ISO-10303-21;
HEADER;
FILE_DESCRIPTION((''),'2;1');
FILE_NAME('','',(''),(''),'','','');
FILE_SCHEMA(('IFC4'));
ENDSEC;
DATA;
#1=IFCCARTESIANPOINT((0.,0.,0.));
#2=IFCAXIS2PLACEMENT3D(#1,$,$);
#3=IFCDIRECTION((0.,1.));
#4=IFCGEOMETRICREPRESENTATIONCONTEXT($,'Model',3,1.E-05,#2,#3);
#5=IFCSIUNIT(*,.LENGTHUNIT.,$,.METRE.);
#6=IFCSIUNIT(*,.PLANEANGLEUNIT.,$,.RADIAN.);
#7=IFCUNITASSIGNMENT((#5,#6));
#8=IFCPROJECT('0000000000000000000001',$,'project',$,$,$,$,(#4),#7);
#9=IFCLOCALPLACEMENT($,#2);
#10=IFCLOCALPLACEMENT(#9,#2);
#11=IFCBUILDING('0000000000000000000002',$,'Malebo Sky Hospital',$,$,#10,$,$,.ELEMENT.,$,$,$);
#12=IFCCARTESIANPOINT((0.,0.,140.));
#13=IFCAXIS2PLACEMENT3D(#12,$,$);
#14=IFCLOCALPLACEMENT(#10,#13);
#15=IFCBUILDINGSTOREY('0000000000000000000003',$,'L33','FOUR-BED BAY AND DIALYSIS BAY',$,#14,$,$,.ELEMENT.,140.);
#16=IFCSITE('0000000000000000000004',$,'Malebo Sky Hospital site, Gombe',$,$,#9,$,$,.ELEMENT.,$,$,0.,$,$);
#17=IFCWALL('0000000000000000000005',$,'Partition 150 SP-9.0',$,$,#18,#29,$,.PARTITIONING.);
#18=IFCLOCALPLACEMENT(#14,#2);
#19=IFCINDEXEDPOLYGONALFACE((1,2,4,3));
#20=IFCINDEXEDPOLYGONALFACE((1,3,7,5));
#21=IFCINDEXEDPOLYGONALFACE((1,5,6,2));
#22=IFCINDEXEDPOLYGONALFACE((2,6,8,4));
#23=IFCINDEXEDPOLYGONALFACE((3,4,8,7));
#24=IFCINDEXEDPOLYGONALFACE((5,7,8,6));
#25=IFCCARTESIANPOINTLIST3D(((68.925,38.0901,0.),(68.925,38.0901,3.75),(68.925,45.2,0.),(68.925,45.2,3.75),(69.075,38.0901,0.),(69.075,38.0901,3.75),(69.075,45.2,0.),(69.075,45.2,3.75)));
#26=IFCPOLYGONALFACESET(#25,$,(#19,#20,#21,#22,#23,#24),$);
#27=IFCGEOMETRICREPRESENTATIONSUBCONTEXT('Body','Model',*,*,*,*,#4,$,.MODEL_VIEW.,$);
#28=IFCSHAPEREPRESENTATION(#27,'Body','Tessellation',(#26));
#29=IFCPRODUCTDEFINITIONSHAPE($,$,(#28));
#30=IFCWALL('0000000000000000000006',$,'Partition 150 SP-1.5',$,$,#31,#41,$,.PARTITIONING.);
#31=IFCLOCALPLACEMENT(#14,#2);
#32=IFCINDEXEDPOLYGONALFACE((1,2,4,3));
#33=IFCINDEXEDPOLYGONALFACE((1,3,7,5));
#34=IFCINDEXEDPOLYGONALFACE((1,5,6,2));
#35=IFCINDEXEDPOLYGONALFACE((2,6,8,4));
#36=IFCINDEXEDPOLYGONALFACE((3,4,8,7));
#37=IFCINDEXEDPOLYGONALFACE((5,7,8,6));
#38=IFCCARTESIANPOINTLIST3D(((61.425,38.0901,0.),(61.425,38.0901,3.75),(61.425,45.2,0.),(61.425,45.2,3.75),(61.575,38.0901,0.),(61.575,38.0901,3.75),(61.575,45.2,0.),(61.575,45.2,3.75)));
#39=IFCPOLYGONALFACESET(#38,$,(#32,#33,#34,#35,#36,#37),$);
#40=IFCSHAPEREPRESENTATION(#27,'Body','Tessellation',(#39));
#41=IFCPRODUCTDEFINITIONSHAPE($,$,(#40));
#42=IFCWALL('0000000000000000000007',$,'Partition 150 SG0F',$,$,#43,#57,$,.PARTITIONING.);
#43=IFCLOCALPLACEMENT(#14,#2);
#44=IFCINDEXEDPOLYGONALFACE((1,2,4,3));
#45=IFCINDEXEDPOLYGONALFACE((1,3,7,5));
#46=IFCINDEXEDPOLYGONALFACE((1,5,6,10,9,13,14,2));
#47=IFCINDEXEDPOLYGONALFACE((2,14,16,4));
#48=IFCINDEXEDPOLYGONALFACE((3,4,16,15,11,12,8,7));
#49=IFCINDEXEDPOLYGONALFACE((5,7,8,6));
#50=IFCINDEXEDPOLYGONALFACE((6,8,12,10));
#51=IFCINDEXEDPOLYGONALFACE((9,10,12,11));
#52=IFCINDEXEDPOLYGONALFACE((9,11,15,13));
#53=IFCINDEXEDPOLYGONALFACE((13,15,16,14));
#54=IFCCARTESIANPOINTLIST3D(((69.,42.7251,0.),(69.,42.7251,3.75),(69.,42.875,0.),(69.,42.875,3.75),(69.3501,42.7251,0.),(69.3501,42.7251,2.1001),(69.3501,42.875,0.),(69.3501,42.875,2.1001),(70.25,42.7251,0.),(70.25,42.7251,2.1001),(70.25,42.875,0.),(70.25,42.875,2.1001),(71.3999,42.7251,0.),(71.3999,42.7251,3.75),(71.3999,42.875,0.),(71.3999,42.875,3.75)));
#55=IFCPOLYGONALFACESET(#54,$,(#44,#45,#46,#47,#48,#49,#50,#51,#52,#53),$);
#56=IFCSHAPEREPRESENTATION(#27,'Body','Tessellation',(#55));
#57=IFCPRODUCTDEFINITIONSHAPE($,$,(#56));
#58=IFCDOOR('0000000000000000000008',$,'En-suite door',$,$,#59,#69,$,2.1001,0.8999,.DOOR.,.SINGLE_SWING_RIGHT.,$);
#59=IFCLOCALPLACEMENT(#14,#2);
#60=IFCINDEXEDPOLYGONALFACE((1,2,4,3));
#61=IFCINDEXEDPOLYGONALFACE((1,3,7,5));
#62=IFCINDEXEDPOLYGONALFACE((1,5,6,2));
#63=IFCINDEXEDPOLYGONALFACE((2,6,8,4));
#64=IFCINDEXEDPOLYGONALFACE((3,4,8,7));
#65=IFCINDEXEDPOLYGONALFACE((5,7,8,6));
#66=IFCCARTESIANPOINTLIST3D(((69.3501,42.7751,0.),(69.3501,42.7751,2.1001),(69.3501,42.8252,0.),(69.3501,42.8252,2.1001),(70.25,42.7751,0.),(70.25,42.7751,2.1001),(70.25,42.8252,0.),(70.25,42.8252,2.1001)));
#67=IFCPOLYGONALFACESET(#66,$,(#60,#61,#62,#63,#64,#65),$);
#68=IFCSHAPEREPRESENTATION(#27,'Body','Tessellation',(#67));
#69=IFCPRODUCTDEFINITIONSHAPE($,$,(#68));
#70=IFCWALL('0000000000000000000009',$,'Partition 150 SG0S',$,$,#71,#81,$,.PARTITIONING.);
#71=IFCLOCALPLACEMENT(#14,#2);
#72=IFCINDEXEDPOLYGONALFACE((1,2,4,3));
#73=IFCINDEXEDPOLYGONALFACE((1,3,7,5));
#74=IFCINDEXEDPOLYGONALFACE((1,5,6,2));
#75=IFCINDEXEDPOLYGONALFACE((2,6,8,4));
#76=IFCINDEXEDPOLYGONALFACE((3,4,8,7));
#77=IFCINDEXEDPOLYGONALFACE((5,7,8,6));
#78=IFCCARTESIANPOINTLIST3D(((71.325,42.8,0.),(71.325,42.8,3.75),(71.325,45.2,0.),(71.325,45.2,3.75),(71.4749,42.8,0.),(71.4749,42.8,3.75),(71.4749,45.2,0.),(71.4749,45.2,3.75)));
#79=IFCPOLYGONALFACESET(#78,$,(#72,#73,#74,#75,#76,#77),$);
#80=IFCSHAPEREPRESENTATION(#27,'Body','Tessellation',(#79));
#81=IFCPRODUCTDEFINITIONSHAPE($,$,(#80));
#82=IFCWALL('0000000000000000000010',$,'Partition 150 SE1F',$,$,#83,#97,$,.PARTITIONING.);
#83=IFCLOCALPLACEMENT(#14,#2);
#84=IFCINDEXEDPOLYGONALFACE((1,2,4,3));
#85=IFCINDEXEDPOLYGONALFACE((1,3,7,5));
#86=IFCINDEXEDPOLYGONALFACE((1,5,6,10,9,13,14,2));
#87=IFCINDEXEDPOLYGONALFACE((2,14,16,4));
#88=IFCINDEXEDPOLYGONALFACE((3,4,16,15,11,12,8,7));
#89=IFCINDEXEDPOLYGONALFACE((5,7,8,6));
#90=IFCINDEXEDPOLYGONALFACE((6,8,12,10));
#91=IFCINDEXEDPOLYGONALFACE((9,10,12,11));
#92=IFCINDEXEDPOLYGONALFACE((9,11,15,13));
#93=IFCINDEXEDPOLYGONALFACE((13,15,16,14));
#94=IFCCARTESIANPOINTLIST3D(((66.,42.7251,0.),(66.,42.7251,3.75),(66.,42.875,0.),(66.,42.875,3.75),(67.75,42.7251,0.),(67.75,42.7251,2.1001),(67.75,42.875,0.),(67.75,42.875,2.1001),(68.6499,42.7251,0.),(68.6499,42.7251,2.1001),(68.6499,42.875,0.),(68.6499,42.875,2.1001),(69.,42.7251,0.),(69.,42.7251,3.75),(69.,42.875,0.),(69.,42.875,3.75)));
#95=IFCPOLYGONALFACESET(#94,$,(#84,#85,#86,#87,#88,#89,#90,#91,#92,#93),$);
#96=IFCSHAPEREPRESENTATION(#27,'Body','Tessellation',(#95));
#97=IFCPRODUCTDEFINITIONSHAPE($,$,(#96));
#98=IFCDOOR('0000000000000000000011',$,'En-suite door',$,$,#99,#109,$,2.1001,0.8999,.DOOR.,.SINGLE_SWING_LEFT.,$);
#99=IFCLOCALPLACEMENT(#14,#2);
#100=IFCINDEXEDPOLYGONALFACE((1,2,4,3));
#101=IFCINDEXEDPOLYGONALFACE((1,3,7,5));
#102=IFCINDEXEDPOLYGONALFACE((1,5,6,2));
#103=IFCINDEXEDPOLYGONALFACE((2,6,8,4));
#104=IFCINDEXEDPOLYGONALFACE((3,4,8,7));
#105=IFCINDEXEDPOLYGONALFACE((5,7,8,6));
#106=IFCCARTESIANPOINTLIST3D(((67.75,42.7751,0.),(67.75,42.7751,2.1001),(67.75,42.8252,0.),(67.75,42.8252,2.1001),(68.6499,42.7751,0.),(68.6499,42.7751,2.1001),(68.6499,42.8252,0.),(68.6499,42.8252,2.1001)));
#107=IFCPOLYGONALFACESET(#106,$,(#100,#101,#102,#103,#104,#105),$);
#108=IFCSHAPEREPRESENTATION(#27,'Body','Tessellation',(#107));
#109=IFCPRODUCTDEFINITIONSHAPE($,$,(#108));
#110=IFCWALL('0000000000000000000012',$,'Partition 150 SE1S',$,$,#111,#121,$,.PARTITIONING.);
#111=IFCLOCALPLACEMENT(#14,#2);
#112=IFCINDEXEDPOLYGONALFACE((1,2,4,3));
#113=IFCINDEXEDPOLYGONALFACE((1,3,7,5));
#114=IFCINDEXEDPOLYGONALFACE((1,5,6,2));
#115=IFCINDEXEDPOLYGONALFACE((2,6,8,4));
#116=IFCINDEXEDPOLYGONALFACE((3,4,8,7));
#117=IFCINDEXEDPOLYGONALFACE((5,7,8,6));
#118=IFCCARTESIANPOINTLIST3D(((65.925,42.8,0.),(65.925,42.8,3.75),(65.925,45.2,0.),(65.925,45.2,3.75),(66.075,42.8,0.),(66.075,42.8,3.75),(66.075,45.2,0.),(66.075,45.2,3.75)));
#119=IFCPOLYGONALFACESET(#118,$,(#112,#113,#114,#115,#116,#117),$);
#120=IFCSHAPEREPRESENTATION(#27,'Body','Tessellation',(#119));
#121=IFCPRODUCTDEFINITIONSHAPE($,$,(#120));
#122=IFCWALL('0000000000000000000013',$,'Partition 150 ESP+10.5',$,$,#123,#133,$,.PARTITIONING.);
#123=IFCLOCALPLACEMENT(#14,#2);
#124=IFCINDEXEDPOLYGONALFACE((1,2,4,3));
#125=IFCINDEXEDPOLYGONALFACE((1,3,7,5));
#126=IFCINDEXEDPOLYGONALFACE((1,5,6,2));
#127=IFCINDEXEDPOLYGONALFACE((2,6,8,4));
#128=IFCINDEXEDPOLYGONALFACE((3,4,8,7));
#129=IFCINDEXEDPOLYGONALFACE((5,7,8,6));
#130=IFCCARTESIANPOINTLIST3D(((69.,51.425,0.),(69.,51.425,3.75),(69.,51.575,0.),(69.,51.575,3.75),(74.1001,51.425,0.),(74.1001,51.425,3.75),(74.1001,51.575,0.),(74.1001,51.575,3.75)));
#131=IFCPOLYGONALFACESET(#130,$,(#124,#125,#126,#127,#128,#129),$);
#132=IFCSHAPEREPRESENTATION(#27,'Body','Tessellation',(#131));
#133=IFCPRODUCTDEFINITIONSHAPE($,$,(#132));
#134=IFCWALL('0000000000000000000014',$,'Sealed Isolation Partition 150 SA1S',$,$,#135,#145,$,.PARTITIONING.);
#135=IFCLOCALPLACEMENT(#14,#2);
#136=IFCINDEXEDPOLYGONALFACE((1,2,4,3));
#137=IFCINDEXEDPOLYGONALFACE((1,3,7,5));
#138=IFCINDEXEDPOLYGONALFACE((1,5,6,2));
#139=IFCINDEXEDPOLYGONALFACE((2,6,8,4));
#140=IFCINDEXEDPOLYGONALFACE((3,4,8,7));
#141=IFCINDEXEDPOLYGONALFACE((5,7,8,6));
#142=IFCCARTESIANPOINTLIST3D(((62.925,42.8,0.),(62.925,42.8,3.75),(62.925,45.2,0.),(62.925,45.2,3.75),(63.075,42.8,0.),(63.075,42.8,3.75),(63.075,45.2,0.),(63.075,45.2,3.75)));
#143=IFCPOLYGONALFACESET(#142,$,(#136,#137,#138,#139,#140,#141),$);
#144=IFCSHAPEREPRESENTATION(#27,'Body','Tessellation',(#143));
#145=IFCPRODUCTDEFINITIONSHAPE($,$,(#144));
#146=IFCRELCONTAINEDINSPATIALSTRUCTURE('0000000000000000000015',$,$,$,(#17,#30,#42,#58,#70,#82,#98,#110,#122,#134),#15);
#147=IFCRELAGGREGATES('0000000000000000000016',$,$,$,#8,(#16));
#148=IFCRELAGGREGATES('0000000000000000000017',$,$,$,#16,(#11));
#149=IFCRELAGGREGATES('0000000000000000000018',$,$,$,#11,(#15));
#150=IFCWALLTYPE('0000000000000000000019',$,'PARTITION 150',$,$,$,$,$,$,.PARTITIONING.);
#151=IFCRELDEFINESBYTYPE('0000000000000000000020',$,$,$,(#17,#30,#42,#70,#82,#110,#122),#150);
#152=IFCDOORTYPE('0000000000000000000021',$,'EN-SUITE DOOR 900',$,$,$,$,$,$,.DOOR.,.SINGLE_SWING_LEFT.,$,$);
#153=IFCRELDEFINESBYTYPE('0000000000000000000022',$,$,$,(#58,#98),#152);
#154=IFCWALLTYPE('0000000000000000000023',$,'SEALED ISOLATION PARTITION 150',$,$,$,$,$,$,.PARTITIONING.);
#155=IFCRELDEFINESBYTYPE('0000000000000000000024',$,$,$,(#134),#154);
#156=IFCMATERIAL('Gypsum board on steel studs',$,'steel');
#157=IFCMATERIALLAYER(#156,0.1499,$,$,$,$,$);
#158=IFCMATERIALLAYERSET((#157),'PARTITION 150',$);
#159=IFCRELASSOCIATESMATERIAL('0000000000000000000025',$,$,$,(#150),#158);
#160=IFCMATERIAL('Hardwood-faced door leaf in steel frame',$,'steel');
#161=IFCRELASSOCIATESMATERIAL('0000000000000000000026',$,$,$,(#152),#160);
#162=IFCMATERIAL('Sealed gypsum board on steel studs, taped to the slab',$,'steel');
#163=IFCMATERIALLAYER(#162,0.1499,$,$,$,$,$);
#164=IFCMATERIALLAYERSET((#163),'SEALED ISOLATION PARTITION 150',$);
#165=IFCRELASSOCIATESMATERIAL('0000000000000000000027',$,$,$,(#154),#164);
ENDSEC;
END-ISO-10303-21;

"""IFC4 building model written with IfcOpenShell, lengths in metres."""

from ifc_helpers import new_model, si_unit, direction, frame, frame_2d, origin, place, context, subcontext, project, spatial, rectangle, extrude, material, layer, layer_set, type_object, element, fill, save


model = new_model("IFC4")

# Units and contexts
model_context = context("Model", 3, precision=1e-05, world=origin(), true_north=direction((0.0, 1.0)))
body_context = subcontext(model_context, "Body", "Model", "MODEL_VIEW")
ifc_project = project(units=[si_unit("LENGTHUNIT", "METRE"), si_unit("PLANEANGLEUNIT", "RADIAN")], contexts=[model_context])

# Site, building, storey
site_placement = place(None, origin())
site = spatial("IfcSite", under=ifc_project, at=site_placement, Name="Malebo Sky Hospital site, Gombe", CompositionType="ELEMENT", RefElevation=0.0)
building_placement = place(site_placement, origin())
building = spatial("IfcBuilding", under=site, at=building_placement, Name="Malebo Sky Hospital", CompositionType="ELEMENT")
storey_placement = place(building_placement, frame((0.0, 0.0, 140.0)))
storey = spatial("IfcBuildingStorey", under=building, at=storey_placement, Name="L33", Description="FOUR-BED BAY AND DIALYSIS BAY", CompositionType="ELEMENT", Elevation=140.0)

# Walls
ifc_material_1 = material(Name="Gypsum board on steel studs", Category="steel")
ifc_layer_1 = layer(ifc_material_1, 0.1499)
ifc_layer_set_1 = layer_set([ifc_layer_1], Name="PARTITION 150")
wall_type_1 = type_object("IfcWallType", Name="PARTITION 150", PredefinedType="PARTITIONING", material=ifc_layer_set_1)
for number, where, z_axis, x_axis, name in (
    (1, (69.0, 45.2, 0.0), (0.0, 0.0, 1.0), (0.0, -1.0, 0.0), "Partition 150 SP-9.0"),
    (2, (61.5, 45.2, 0.0), (0.0, 0.0, 1.0), (0.0, -1.0, 0.0), "Partition 150 SP-1.5"),
):
    element("IfcWall", number, at=place(storey_placement, frame(where, z_axis=z_axis, x_axis=x_axis)), inside=storey, type_object=wall_type_1, Name=name, PredefinedType="PARTITIONING", context=body_context, shape_type="SweptSolid", body=[
        extrude(rectangle(XDim=7.1099, YDim=0.1499, at=frame_2d((3.5549, 0.0))), origin(), (0.0, 0.0, 1.0), 3.75),
    ])

# Wall, opening, door
wall_1_placement = place(storey_placement, frame((71.3999, 42.8, 0.0), z_axis=(0.0, 0.0, 1.0), x_axis=(-1.0, 0.0, 0.0)))
wall_1 = element("IfcWall", 3, at=wall_1_placement, inside=storey, type_object=wall_type_1, Name="Partition 150 SG0F", PredefinedType="PARTITIONING", context=body_context, shape_type="SweptSolid", body=[
    extrude(rectangle(XDim=2.3999, YDim=0.1499, at=frame_2d((1.2, 0.0))), origin(), (0.0, 0.0, 1.0), 3.75),
])
opening_1_placement = place(wall_1_placement, frame((1.1499, 0.0, 0.0)))
opening_1 = element("IfcOpeningElement", 4, at=opening_1_placement, cuts=wall_1, PredefinedType="OPENING", context=body_context, shape_type="SweptSolid", body=[
    extrude(rectangle(XDim=0.8999, YDim=2.1001, at=frame_2d((0.45, 1.05))), frame((0.0, 0.085, 0.0), z_axis=(0.0, -1.0, 0.0), x_axis=(1.0, 0.0, 0.0)), (0.0, 0.0, 1.0), 0.1699),
])
ifc_material_2 = material(Name="Hardwood-faced door leaf in steel frame", Category="steel")
door_type = type_object("IfcDoorType", Name="EN-SUITE DOOR 900", OperationType="SINGLE_SWING_LEFT", PredefinedType="DOOR", material=ifc_material_2)
door_1_placement = place(opening_1_placement, origin())
door_1 = element("IfcDoor", 5, at=door_1_placement, inside=storey, type_object=door_type, Name="En-suite door", OperationType="SINGLE_SWING_RIGHT", OverallHeight=2.1001, OverallWidth=0.8999, PredefinedType="DOOR", context=body_context, shape_type="SweptSolid", body=[
    extrude(rectangle(XDim=0.8999, YDim=2.1001, at=frame_2d((0.45, 1.05))), frame((0.0, 0.0249, 0.0), z_axis=(0.0, -1.0, 0.0), x_axis=(1.0, 0.0, 0.0)), (0.0, 0.0, 1.0), 0.05),
])
fill(opening_1, door_1)

# Wall
wall_2_placement = place(storey_placement, frame((71.3999, 45.2, 0.0), z_axis=(0.0, 0.0, 1.0), x_axis=(0.0, -1.0, 0.0)))
element("IfcWall", 6, at=wall_2_placement, inside=storey, type_object=wall_type_1, Name="Partition 150 SG0S", PredefinedType="PARTITIONING", context=body_context, shape_type="SweptSolid", body=[
    extrude(rectangle(XDim=2.3999, YDim=0.1499, at=frame_2d((1.2, 0.0))), origin(), (0.0, 0.0, 1.0), 3.75),
])

# Wall, opening, door
wall_3_placement = place(storey_placement, frame((69.0, 42.8, 0.0), z_axis=(0.0, 0.0, 1.0), x_axis=(-1.0, 0.0, 0.0)))
wall_3 = element("IfcWall", 7, at=wall_3_placement, inside=storey, type_object=wall_type_1, Name="Partition 150 SE1F", PredefinedType="PARTITIONING", context=body_context, shape_type="SweptSolid", body=[
    extrude(rectangle(XDim=3.0, YDim=0.1499, at=frame_2d((1.5, 0.0))), origin(), (0.0, 0.0, 1.0), 3.75),
])
opening_2_placement = place(wall_3_placement, frame((0.3501, 0.0, 0.0)))
opening_2 = element("IfcOpeningElement", 8, at=opening_2_placement, cuts=wall_3, PredefinedType="OPENING", context=body_context, shape_type="SweptSolid", body=[
    extrude(rectangle(XDim=0.8999, YDim=2.1001, at=frame_2d((0.45, 1.05))), frame((0.0, 0.085, 0.0), z_axis=(0.0, -1.0, 0.0), x_axis=(1.0, 0.0, 0.0)), (0.0, 0.0, 1.0), 0.1699),
])
door_2_placement = place(opening_2_placement, origin())
door_2 = element("IfcDoor", 9, at=door_2_placement, inside=storey, type_object=door_type, Name="En-suite door", OperationType="SINGLE_SWING_LEFT", OverallHeight=2.1001, OverallWidth=0.8999, PredefinedType="DOOR", context=body_context, shape_type="SweptSolid", body=[
    extrude(rectangle(XDim=0.8999, YDim=2.1001, at=frame_2d((0.45, 1.05))), frame((0.0, 0.0249, 0.0), z_axis=(0.0, -1.0, 0.0), x_axis=(1.0, 0.0, 0.0)), (0.0, 0.0, 1.0), 0.05),
])
fill(opening_2, door_2)

# Walls
wall_4_placement = place(storey_placement, frame((66.0, 45.2, 0.0), z_axis=(0.0, 0.0, 1.0), x_axis=(0.0, -1.0, 0.0)))
element("IfcWall", 10, at=wall_4_placement, inside=storey, type_object=wall_type_1, Name="Partition 150 SE1S", PredefinedType="PARTITIONING", context=body_context, shape_type="SweptSolid", body=[
    extrude(rectangle(XDim=2.3999, YDim=0.1499, at=frame_2d((1.2, 0.0))), origin(), (0.0, 0.0, 1.0), 3.75),
])
wall_5_placement = place(storey_placement, frame((69.0, 51.5, 0.0), z_axis=(0.0, 0.0, 1.0), x_axis=(1.0, 0.0, 0.0)))
element("IfcWall", 11, at=wall_5_placement, inside=storey, type_object=wall_type_1, Name="Partition 150 ESP+10.5", PredefinedType="PARTITIONING", context=body_context, shape_type="SweptSolid", body=[
    extrude(rectangle(XDim=5.1001, YDim=0.1499, at=frame_2d((2.55, 0.0))), origin(), (0.0, 0.0, 1.0), 3.75),
])
ifc_material_3 = material(Name="Sealed gypsum board on steel studs, taped to the slab", Category="steel")
ifc_layer_2 = layer(ifc_material_3, 0.1499)
ifc_layer_set_2 = layer_set([ifc_layer_2], Name="SEALED ISOLATION PARTITION 150")
wall_type_2 = type_object("IfcWallType", Name="SEALED ISOLATION PARTITION 150", PredefinedType="PARTITIONING", material=ifc_layer_set_2)
wall_6_placement = place(storey_placement, frame((63.0, 45.2, 0.0), z_axis=(0.0, 0.0, 1.0), x_axis=(0.0, -1.0, 0.0)))
element("IfcWall", 12, at=wall_6_placement, inside=storey, type_object=wall_type_2, Name="Sealed Isolation Partition 150 SA1S", PredefinedType="PARTITIONING", context=body_context, shape_type="SweptSolid", body=[
    extrude(rectangle(XDim=2.3999, YDim=0.1499, at=frame_2d((1.2, 0.0))), origin(), (0.0, 0.0, 1.0), 3.75),
])

save(model, "model.ifc")
